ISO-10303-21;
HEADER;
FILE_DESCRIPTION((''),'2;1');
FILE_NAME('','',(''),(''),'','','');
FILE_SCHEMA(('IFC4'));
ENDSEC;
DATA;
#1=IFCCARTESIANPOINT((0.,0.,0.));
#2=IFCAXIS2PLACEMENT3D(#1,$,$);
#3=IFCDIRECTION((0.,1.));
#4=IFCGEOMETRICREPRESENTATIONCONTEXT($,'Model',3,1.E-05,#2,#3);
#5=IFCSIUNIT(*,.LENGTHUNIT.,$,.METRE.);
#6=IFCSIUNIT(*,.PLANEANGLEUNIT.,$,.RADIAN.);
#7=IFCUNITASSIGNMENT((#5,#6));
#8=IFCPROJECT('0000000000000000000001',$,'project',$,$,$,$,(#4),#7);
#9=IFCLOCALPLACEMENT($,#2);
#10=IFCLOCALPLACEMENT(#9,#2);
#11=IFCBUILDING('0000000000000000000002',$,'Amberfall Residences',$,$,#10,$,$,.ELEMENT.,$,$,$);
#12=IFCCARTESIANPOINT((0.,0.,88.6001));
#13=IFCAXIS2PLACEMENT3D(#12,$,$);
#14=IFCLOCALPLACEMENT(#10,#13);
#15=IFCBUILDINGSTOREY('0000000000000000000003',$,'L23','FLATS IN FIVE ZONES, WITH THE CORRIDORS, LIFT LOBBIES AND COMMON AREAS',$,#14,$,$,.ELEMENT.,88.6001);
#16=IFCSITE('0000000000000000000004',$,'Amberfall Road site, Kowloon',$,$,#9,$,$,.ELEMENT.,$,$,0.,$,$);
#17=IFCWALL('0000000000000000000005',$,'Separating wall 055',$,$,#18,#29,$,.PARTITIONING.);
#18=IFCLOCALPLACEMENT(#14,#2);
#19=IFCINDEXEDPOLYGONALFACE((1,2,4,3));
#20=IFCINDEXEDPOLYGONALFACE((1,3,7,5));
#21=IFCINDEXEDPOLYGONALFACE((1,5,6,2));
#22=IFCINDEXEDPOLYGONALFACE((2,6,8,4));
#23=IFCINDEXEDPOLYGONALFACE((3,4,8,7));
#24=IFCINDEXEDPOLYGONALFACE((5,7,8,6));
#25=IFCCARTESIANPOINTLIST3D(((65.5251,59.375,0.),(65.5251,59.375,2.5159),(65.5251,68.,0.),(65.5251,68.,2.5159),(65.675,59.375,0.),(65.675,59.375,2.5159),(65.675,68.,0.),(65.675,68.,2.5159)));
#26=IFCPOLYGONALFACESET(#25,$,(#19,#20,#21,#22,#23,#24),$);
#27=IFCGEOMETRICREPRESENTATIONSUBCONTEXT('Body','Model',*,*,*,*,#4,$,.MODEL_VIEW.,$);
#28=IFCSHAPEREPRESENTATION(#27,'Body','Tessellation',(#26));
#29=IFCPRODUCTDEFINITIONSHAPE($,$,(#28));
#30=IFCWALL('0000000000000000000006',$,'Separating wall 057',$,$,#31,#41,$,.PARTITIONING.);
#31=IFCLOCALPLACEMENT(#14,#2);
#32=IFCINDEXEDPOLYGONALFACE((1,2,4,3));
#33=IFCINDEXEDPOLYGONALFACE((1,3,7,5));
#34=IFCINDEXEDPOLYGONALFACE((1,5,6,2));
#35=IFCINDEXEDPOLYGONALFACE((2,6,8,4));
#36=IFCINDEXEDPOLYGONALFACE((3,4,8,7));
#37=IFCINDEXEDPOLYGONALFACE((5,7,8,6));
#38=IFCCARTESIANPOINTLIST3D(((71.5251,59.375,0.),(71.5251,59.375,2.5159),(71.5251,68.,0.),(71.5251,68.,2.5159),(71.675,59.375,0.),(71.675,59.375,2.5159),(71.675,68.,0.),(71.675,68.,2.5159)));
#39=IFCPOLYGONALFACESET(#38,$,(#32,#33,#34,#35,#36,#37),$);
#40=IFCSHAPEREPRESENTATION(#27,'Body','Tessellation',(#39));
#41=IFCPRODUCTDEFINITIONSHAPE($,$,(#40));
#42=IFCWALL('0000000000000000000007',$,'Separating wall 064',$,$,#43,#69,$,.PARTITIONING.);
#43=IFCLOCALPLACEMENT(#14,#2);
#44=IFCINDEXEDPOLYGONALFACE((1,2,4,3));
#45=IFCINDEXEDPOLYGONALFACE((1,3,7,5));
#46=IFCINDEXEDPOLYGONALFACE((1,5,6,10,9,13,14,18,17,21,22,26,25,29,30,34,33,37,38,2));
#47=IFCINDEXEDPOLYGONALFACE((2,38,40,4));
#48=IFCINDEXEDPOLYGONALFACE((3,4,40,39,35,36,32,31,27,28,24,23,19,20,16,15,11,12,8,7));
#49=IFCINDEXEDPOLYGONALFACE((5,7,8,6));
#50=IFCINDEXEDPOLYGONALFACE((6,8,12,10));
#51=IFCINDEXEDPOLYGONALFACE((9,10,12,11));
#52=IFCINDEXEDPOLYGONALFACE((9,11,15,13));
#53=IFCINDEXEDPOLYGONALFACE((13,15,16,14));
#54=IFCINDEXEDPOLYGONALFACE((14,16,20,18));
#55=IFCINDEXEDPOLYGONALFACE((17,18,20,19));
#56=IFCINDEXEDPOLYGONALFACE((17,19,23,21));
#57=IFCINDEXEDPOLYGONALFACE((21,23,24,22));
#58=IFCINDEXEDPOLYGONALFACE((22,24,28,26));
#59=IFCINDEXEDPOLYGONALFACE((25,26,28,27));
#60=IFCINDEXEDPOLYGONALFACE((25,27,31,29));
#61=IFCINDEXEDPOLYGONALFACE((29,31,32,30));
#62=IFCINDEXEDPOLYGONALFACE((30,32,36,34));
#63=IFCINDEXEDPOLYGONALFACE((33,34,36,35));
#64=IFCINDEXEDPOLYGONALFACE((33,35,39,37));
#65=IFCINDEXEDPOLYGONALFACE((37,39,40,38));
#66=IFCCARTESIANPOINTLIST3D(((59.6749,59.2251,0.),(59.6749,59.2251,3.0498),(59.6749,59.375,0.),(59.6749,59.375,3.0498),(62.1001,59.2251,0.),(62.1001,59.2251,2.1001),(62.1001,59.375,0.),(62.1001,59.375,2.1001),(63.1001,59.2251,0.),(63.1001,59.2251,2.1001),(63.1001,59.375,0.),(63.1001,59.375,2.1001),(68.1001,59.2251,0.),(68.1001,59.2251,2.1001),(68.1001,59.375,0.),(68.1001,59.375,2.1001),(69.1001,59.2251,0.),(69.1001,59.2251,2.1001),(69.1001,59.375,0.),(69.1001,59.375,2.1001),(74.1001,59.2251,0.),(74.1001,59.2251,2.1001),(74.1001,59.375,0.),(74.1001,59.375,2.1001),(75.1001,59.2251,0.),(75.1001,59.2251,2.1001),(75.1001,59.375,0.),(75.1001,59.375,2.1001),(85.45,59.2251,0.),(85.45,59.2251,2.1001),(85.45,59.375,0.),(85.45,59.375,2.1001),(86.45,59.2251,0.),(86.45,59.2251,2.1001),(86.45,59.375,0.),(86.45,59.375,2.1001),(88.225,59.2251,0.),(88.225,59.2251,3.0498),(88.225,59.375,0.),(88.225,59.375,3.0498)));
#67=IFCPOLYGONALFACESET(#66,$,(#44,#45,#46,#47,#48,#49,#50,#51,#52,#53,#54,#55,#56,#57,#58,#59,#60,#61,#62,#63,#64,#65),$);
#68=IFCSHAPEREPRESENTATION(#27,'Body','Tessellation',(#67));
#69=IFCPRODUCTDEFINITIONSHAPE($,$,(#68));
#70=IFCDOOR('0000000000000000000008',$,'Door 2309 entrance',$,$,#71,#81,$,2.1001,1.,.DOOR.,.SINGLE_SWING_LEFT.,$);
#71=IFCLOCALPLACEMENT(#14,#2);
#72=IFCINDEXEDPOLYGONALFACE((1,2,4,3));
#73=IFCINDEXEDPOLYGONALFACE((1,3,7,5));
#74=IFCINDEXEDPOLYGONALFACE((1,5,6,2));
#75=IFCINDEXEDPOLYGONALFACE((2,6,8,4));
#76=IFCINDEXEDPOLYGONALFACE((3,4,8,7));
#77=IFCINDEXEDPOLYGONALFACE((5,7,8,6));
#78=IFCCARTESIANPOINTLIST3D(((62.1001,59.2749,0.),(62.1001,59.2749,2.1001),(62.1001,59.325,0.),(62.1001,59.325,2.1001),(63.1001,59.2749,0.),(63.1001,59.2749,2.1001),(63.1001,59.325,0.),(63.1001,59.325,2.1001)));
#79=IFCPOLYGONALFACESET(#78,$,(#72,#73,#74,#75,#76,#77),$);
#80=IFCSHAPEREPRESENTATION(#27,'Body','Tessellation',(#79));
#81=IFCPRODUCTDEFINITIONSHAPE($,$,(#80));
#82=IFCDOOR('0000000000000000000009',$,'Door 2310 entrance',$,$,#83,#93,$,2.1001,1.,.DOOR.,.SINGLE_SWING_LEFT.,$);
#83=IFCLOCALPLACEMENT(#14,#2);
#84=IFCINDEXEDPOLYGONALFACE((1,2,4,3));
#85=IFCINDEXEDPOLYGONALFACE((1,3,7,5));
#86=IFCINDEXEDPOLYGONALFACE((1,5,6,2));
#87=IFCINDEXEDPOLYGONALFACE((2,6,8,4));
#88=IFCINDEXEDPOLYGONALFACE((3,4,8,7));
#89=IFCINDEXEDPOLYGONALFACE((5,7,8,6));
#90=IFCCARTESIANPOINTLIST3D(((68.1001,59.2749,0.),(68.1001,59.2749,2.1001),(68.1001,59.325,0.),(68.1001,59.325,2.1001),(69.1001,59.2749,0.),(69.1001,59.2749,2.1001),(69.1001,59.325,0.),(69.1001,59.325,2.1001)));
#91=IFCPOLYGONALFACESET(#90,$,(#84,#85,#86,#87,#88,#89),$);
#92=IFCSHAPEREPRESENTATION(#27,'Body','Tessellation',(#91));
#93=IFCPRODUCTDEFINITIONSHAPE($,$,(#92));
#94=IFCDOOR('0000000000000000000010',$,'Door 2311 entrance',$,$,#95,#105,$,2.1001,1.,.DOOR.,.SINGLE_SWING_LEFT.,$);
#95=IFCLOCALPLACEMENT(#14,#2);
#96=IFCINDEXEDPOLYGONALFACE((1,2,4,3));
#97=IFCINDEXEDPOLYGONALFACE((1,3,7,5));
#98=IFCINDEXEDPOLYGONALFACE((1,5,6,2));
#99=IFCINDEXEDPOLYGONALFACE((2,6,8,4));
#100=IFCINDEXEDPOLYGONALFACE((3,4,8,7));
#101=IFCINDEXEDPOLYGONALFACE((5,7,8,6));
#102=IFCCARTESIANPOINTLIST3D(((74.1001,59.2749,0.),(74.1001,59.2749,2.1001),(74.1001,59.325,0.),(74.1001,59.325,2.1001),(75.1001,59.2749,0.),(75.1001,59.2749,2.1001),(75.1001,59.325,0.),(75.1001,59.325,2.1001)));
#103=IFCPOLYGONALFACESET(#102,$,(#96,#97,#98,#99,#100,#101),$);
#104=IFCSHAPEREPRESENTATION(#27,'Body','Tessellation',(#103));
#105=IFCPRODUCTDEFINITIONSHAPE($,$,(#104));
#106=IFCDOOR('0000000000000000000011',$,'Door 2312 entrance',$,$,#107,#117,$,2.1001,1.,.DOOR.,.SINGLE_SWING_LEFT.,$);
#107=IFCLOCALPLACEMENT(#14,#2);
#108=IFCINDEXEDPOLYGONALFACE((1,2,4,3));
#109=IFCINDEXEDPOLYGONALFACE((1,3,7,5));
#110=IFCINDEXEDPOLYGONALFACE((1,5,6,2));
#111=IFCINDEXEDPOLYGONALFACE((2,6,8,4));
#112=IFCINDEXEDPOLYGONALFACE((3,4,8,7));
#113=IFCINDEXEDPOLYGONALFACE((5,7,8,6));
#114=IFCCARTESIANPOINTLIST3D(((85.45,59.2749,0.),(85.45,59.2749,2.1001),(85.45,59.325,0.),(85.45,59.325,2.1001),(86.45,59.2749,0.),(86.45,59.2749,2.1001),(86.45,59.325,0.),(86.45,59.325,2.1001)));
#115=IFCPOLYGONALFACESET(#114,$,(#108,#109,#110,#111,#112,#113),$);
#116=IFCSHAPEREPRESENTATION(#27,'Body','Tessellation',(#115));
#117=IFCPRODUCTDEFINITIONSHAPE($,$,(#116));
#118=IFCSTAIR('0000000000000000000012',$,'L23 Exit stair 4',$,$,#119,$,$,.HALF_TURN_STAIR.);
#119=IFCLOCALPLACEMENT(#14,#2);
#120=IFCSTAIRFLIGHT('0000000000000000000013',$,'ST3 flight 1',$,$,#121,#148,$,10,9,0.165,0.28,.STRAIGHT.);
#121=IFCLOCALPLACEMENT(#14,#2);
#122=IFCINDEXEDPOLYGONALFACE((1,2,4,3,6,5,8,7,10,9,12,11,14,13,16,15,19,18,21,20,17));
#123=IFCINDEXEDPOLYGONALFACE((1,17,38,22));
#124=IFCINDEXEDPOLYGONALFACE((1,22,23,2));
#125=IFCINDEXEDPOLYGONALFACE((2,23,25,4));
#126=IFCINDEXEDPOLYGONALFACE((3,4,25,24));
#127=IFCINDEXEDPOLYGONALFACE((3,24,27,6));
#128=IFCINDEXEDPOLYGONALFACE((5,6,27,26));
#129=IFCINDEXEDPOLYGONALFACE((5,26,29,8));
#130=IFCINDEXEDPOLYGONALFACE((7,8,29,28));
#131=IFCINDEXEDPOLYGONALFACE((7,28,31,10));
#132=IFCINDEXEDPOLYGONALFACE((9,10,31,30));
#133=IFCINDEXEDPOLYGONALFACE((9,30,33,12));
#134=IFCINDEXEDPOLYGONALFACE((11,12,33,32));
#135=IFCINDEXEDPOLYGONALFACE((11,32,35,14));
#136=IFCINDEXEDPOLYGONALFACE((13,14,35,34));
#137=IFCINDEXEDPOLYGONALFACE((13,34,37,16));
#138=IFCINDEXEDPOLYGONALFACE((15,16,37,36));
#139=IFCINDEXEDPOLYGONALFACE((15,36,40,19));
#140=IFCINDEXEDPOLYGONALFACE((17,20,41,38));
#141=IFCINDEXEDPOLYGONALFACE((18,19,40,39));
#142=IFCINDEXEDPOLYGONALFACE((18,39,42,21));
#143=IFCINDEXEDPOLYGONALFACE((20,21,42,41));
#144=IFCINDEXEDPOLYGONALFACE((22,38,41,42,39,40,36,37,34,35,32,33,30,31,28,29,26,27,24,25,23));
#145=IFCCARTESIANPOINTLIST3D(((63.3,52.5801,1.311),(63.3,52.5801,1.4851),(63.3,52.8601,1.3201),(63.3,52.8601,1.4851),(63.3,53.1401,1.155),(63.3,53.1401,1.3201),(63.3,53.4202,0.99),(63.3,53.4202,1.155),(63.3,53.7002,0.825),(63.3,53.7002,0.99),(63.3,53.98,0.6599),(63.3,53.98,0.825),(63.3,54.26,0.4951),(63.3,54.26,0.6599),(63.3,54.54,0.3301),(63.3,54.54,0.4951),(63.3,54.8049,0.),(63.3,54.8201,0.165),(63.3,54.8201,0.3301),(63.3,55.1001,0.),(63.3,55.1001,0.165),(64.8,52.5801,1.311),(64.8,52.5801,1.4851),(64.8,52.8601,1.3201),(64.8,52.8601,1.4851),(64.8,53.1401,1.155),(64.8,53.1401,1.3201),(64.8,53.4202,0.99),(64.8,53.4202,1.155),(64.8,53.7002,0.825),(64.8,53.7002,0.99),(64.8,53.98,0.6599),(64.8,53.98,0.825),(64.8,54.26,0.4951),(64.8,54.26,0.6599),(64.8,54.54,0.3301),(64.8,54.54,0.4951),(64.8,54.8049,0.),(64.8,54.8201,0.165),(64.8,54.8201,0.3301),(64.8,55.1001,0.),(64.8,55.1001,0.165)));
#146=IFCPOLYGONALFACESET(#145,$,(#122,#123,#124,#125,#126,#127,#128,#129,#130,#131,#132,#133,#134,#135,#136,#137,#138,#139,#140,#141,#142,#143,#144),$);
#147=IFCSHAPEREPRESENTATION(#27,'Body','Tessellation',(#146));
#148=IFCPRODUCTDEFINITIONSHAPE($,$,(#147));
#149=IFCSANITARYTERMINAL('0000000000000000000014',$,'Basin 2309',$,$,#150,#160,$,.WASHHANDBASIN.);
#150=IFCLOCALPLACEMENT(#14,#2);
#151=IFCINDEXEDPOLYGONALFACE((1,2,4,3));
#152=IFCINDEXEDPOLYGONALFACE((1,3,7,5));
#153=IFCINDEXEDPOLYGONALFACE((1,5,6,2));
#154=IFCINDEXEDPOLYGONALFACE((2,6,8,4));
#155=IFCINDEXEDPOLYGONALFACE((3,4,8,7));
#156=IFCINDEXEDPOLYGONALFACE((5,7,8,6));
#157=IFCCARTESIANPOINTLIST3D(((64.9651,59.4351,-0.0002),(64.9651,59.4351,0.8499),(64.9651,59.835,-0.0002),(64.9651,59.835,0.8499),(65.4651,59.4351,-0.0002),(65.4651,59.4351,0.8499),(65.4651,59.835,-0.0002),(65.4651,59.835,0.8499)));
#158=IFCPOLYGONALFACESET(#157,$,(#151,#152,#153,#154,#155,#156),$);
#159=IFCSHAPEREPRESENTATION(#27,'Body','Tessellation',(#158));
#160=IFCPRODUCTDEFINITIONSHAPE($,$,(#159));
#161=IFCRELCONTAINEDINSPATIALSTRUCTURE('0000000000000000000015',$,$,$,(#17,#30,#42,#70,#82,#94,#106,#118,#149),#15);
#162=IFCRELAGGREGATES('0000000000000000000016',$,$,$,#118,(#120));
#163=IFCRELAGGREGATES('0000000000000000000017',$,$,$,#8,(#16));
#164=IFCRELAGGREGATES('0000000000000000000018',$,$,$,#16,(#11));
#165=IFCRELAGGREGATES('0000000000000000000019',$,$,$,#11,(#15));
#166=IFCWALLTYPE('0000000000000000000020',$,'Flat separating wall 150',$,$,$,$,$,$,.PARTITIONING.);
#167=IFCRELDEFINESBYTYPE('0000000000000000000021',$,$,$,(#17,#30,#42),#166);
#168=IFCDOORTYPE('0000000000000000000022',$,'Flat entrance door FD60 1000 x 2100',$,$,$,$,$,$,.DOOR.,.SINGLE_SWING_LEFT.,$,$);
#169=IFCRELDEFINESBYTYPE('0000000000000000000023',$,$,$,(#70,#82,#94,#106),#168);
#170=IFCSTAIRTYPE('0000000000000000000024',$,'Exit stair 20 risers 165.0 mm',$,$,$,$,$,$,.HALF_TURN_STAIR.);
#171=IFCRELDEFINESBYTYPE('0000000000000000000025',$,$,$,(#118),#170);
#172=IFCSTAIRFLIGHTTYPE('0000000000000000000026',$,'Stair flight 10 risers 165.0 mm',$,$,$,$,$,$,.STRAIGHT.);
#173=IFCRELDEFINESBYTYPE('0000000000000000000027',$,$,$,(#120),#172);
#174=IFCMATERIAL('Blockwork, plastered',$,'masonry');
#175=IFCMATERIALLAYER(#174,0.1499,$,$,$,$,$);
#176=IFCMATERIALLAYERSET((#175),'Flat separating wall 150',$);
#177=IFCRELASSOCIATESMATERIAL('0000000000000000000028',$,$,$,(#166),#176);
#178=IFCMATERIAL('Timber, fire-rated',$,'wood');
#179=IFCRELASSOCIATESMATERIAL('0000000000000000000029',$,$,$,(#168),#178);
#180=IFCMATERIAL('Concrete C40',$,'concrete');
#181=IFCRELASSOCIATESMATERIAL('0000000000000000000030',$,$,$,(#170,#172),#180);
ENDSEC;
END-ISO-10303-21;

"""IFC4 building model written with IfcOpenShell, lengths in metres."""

from ifc_helpers import new_model, si_unit, direction, frame, frame_2d, origin, origin_2d, place, context, subcontext, project, spatial, polyline, rectangle, outline, extrude, material, layer, layer_set, type_object, element, fill, aggregate, save


model = new_model("IFC4")

# Units and contexts
model_context = context("Model", 3, precision=1e-05, world=origin(), true_north=direction((0.0, 1.0)))
body_context = subcontext(model_context, "Body", "Model", "MODEL_VIEW")
ifc_project = project(units=[si_unit("LENGTHUNIT", "METRE"), si_unit("PLANEANGLEUNIT", "RADIAN")], contexts=[model_context])

# Site, building, storey
site_placement = place(None, origin())
site = spatial("IfcSite", under=ifc_project, at=site_placement, Name="Amberfall Road site, Kowloon", CompositionType="ELEMENT", RefElevation=0.0)
building_placement = place(site_placement, origin())
building = spatial("IfcBuilding", under=site, at=building_placement, Name="Amberfall Residences", CompositionType="ELEMENT")
storey_placement = place(building_placement, frame((0.0, 0.0, 88.6001)))
storey = spatial("IfcBuildingStorey", under=building, at=storey_placement, Name="L23", Description="FLATS IN FIVE ZONES, WITH THE CORRIDORS, LIFT LOBBIES AND COMMON AREAS", CompositionType="ELEMENT", Elevation=88.6001)

# Walls
ifc_material_1 = material(Name="Blockwork, plastered", Category="masonry")
ifc_layer_1 = layer(ifc_material_1, 0.1499)
ifc_layer_set_1 = layer_set([ifc_layer_1], Name="Flat separating wall 150")
wall_type_1 = type_object("IfcWallType", Name="Flat separating wall 150", PredefinedType="PARTITIONING", material=ifc_layer_set_1)
for number, where, z_axis, x_axis, name in (
    (1, (65.6001, 59.375, 0.0), (0.0, 0.0, 1.0), (0.0, 1.0, 0.0), "Separating wall 055"),
    (2, (71.6001, 59.375, 0.0), (0.0, 0.0, 1.0), (0.0, 1.0, 0.0), "Separating wall 057"),
):
    element("IfcWall", number, at=place(storey_placement, frame(where, z_axis=z_axis, x_axis=x_axis)), inside=storey, type_object=wall_type_1, Name=name, PredefinedType="PARTITIONING", context=body_context, shape_type="SweptSolid", body=[
        extrude(rectangle(XDim=8.625, YDim=0.1499, at=frame_2d((4.3125, 0.0))), origin(), (0.0, 0.0, 1.0), 2.5159),
    ])

# Wall, openings, doors
wall_1_placement = place(storey_placement, frame((59.675, 59.3, 0.0), z_axis=(0.0, 0.0, 1.0), x_axis=(1.0, 0.0, 0.0)))
wall_1 = element("IfcWall", 3, at=wall_1_placement, inside=storey, type_object=wall_type_1, Name="Separating wall 064", PredefinedType="PARTITIONING", context=body_context, shape_type="SweptSolid", body=[
    extrude(rectangle(XDim=28.55, YDim=0.1499, at=frame_2d((14.2749, 0.0))), origin(), (0.0, 0.0, 1.0), 3.0498),
])
opening_1_placement = place(wall_1_placement, frame((2.425, 0.0, 0.0)))
opening_1 = element("IfcOpeningElement", 4, at=opening_1_placement, cuts=wall_1, PredefinedType="OPENING", context=body_context, shape_type="SweptSolid", body=[
    extrude(rectangle(XDim=1.0, YDim=2.1001, at=frame_2d((0.5, 1.05))), frame((0.0, 0.085, 0.0), z_axis=(0.0, -1.0, 0.0), x_axis=(1.0, 0.0, 0.0)), (0.0, 0.0, 1.0), 0.1699),
])
opening_2_placement = place(wall_1_placement, frame((8.425, 0.0, 0.0)))
opening_2 = element("IfcOpeningElement", 5, at=opening_2_placement, cuts=wall_1, PredefinedType="OPENING", context=body_context, shape_type="SweptSolid", body=[
    extrude(rectangle(XDim=1.0, YDim=2.1001, at=frame_2d((0.5, 1.05))), frame((0.0, 0.085, 0.0), z_axis=(0.0, -1.0, 0.0), x_axis=(1.0, 0.0, 0.0)), (0.0, 0.0, 1.0), 0.1699),
])
opening_3_placement = place(wall_1_placement, frame((14.425, 0.0, 0.0)))
opening_3 = element("IfcOpeningElement", 6, at=opening_3_placement, cuts=wall_1, PredefinedType="OPENING", context=body_context, shape_type="SweptSolid", body=[
    extrude(rectangle(XDim=1.0, YDim=2.1001, at=frame_2d((0.5, 1.05))), frame((0.0, 0.085, 0.0), z_axis=(0.0, -1.0, 0.0), x_axis=(1.0, 0.0, 0.0)), (0.0, 0.0, 1.0), 0.1699),
])
opening_4_placement = place(wall_1_placement, frame((25.7749, 0.0, 0.0)))
opening_4 = element("IfcOpeningElement", 7, at=opening_4_placement, cuts=wall_1, PredefinedType="OPENING", context=body_context, shape_type="SweptSolid", body=[
    extrude(rectangle(XDim=1.0, YDim=2.1001, at=frame_2d((0.5, 1.05))), frame((0.0, 0.085, 0.0), z_axis=(0.0, -1.0, 0.0), x_axis=(1.0, 0.0, 0.0)), (0.0, 0.0, 1.0), 0.1699),
])
ifc_material_2 = material(Name="Timber, fire-rated", Category="wood")
door_type_1 = type_object("IfcDoorType", Name="Flat entrance door FD60 1000 x 2100", OperationType="SINGLE_SWING_LEFT", PredefinedType="DOOR", material=ifc_material_2)
door_1_placement = place(opening_1_placement, origin())
door_1 = element("IfcDoor", 8, at=door_1_placement, inside=storey, type_object=door_type_1, Name="Door 2309 entrance", OperationType="SINGLE_SWING_LEFT", OverallHeight=2.1001, OverallWidth=1.0, PredefinedType="DOOR", context=body_context, shape_type="SweptSolid", body=[
    extrude(rectangle(XDim=1.0, YDim=2.1001, at=frame_2d((0.5, 1.05))), frame((0.0, 0.0249, 0.0), z_axis=(0.0, -1.0, 0.0), x_axis=(1.0, 0.0, 0.0)), (0.0, 0.0, 1.0), 0.05),
])
fill(opening_1, door_1)
door_2_placement = place(opening_2_placement, origin())
door_2 = element("IfcDoor", 9, at=door_2_placement, inside=storey, type_object=door_type_1, Name="Door 2310 entrance", OperationType="SINGLE_SWING_LEFT", OverallHeight=2.1001, OverallWidth=1.0, PredefinedType="DOOR", context=body_context, shape_type="SweptSolid", body=[
    extrude(rectangle(XDim=1.0, YDim=2.1001, at=frame_2d((0.5, 1.05))), frame((0.0, 0.0249, 0.0), z_axis=(0.0, -1.0, 0.0), x_axis=(1.0, 0.0, 0.0)), (0.0, 0.0, 1.0), 0.05),
])
fill(opening_2, door_2)
door_3_placement = place(opening_3_placement, origin())
door_3 = element("IfcDoor", 10, at=door_3_placement, inside=storey, type_object=door_type_1, Name="Door 2311 entrance", OperationType="SINGLE_SWING_LEFT", OverallHeight=2.1001, OverallWidth=1.0, PredefinedType="DOOR", context=body_context, shape_type="SweptSolid", body=[
    extrude(rectangle(XDim=1.0, YDim=2.1001, at=frame_2d((0.5, 1.05))), frame((0.0, 0.0249, 0.0), z_axis=(0.0, -1.0, 0.0), x_axis=(1.0, 0.0, 0.0)), (0.0, 0.0, 1.0), 0.05),
])
fill(opening_3, door_3)
door_4_placement = place(opening_4_placement, origin())
door_4 = element("IfcDoor", 11, at=door_4_placement, inside=storey, type_object=door_type_1, Name="Door 2312 entrance", OperationType="SINGLE_SWING_LEFT", OverallHeight=2.1001, OverallWidth=1.0, PredefinedType="DOOR", context=body_context, shape_type="SweptSolid", body=[
    extrude(rectangle(XDim=1.0, YDim=2.1001, at=frame_2d((0.5, 1.05))), frame((0.0, 0.0249, 0.0), z_axis=(0.0, -1.0, 0.0), x_axis=(1.0, 0.0, 0.0)), (0.0, 0.0, 1.0), 0.05),
])
fill(opening_4, door_4)

# Stair, stair flight
ifc_material_3 = material(Name="Concrete C40", Category="concrete")
stair_type = type_object("IfcStairType", Name="Exit stair 20 risers 165.0 mm", PredefinedType="HALF_TURN_STAIR", material=ifc_material_3)
stair_placement = place(storey_placement, origin())
stair = element("IfcStair", 12, at=stair_placement, inside=storey, type_object=stair_type, Name="L23 Exit stair 4", PredefinedType="HALF_TURN_STAIR")
stair_flight_type = type_object("IfcStairFlightType", Name="Stair flight 10 risers 165.0 mm", PredefinedType="STRAIGHT", material=ifc_material_3)
stair_flight_placement = place(storey_placement, frame((64.05, 55.1001, 0.0), z_axis=(0.0, 0.0, 1.0), x_axis=(0.0, -1.0, 0.0)))
stair_flight = element("IfcStairFlight", 13, at=stair_flight_placement, type_object=stair_flight_type, Name="ST3 flight 1", NumberOfRisers=10, NumberOfTreads=9, PredefinedType="STRAIGHT", RiserHeight=0.165, TreadLength=0.28, context=body_context, shape_type="SweptSolid", body=[
    extrude(outline(polyline([(0.0, 0.0), (0.0, 0.165), (0.28, 0.165), (0.28, 0.3301), (0.5601, 0.3301), (0.5601, 0.4951), (0.8401, 0.4951), (0.8401, 0.6599), (1.1201, 0.6599), (1.1201, 0.825), (1.3999, 0.825), (1.3999, 0.99), (1.6799, 0.99), (1.6799, 1.155), (1.96, 1.155), (1.96, 1.3201), (2.24, 1.3201), (2.24, 1.4851), (2.52, 1.4851), (2.52, 1.6499), (2.52, 1.311), (0.2952, 0.0), (0.0, 0.0)])), frame((0.0, 0.75, 0.0), z_axis=(0.0, -1.0, 0.0), x_axis=(1.0, 0.0, 0.0)), (0.0, 0.0, 1.0), 1.5),
])
aggregate(stair, [stair_flight])

# Sanitary terminal
sanitary_terminal_placement = place(storey_placement, frame((65.2151, 59.635, -0.0002), z_axis=(0.0, 0.0, 1.0), x_axis=(1.0, 0.0, 0.0)))
element("IfcSanitaryTerminal", 14, at=sanitary_terminal_placement, inside=storey, Name="Basin 2309", PredefinedType="WASHHANDBASIN", context=body_context, shape_type="SweptSolid", body=[
    extrude(rectangle(XDim=0.5, YDim=0.3999, at=origin_2d()), origin(), (0.0, 0.0, 1.0), 0.8501),
])

save(model, "model.ifc")
